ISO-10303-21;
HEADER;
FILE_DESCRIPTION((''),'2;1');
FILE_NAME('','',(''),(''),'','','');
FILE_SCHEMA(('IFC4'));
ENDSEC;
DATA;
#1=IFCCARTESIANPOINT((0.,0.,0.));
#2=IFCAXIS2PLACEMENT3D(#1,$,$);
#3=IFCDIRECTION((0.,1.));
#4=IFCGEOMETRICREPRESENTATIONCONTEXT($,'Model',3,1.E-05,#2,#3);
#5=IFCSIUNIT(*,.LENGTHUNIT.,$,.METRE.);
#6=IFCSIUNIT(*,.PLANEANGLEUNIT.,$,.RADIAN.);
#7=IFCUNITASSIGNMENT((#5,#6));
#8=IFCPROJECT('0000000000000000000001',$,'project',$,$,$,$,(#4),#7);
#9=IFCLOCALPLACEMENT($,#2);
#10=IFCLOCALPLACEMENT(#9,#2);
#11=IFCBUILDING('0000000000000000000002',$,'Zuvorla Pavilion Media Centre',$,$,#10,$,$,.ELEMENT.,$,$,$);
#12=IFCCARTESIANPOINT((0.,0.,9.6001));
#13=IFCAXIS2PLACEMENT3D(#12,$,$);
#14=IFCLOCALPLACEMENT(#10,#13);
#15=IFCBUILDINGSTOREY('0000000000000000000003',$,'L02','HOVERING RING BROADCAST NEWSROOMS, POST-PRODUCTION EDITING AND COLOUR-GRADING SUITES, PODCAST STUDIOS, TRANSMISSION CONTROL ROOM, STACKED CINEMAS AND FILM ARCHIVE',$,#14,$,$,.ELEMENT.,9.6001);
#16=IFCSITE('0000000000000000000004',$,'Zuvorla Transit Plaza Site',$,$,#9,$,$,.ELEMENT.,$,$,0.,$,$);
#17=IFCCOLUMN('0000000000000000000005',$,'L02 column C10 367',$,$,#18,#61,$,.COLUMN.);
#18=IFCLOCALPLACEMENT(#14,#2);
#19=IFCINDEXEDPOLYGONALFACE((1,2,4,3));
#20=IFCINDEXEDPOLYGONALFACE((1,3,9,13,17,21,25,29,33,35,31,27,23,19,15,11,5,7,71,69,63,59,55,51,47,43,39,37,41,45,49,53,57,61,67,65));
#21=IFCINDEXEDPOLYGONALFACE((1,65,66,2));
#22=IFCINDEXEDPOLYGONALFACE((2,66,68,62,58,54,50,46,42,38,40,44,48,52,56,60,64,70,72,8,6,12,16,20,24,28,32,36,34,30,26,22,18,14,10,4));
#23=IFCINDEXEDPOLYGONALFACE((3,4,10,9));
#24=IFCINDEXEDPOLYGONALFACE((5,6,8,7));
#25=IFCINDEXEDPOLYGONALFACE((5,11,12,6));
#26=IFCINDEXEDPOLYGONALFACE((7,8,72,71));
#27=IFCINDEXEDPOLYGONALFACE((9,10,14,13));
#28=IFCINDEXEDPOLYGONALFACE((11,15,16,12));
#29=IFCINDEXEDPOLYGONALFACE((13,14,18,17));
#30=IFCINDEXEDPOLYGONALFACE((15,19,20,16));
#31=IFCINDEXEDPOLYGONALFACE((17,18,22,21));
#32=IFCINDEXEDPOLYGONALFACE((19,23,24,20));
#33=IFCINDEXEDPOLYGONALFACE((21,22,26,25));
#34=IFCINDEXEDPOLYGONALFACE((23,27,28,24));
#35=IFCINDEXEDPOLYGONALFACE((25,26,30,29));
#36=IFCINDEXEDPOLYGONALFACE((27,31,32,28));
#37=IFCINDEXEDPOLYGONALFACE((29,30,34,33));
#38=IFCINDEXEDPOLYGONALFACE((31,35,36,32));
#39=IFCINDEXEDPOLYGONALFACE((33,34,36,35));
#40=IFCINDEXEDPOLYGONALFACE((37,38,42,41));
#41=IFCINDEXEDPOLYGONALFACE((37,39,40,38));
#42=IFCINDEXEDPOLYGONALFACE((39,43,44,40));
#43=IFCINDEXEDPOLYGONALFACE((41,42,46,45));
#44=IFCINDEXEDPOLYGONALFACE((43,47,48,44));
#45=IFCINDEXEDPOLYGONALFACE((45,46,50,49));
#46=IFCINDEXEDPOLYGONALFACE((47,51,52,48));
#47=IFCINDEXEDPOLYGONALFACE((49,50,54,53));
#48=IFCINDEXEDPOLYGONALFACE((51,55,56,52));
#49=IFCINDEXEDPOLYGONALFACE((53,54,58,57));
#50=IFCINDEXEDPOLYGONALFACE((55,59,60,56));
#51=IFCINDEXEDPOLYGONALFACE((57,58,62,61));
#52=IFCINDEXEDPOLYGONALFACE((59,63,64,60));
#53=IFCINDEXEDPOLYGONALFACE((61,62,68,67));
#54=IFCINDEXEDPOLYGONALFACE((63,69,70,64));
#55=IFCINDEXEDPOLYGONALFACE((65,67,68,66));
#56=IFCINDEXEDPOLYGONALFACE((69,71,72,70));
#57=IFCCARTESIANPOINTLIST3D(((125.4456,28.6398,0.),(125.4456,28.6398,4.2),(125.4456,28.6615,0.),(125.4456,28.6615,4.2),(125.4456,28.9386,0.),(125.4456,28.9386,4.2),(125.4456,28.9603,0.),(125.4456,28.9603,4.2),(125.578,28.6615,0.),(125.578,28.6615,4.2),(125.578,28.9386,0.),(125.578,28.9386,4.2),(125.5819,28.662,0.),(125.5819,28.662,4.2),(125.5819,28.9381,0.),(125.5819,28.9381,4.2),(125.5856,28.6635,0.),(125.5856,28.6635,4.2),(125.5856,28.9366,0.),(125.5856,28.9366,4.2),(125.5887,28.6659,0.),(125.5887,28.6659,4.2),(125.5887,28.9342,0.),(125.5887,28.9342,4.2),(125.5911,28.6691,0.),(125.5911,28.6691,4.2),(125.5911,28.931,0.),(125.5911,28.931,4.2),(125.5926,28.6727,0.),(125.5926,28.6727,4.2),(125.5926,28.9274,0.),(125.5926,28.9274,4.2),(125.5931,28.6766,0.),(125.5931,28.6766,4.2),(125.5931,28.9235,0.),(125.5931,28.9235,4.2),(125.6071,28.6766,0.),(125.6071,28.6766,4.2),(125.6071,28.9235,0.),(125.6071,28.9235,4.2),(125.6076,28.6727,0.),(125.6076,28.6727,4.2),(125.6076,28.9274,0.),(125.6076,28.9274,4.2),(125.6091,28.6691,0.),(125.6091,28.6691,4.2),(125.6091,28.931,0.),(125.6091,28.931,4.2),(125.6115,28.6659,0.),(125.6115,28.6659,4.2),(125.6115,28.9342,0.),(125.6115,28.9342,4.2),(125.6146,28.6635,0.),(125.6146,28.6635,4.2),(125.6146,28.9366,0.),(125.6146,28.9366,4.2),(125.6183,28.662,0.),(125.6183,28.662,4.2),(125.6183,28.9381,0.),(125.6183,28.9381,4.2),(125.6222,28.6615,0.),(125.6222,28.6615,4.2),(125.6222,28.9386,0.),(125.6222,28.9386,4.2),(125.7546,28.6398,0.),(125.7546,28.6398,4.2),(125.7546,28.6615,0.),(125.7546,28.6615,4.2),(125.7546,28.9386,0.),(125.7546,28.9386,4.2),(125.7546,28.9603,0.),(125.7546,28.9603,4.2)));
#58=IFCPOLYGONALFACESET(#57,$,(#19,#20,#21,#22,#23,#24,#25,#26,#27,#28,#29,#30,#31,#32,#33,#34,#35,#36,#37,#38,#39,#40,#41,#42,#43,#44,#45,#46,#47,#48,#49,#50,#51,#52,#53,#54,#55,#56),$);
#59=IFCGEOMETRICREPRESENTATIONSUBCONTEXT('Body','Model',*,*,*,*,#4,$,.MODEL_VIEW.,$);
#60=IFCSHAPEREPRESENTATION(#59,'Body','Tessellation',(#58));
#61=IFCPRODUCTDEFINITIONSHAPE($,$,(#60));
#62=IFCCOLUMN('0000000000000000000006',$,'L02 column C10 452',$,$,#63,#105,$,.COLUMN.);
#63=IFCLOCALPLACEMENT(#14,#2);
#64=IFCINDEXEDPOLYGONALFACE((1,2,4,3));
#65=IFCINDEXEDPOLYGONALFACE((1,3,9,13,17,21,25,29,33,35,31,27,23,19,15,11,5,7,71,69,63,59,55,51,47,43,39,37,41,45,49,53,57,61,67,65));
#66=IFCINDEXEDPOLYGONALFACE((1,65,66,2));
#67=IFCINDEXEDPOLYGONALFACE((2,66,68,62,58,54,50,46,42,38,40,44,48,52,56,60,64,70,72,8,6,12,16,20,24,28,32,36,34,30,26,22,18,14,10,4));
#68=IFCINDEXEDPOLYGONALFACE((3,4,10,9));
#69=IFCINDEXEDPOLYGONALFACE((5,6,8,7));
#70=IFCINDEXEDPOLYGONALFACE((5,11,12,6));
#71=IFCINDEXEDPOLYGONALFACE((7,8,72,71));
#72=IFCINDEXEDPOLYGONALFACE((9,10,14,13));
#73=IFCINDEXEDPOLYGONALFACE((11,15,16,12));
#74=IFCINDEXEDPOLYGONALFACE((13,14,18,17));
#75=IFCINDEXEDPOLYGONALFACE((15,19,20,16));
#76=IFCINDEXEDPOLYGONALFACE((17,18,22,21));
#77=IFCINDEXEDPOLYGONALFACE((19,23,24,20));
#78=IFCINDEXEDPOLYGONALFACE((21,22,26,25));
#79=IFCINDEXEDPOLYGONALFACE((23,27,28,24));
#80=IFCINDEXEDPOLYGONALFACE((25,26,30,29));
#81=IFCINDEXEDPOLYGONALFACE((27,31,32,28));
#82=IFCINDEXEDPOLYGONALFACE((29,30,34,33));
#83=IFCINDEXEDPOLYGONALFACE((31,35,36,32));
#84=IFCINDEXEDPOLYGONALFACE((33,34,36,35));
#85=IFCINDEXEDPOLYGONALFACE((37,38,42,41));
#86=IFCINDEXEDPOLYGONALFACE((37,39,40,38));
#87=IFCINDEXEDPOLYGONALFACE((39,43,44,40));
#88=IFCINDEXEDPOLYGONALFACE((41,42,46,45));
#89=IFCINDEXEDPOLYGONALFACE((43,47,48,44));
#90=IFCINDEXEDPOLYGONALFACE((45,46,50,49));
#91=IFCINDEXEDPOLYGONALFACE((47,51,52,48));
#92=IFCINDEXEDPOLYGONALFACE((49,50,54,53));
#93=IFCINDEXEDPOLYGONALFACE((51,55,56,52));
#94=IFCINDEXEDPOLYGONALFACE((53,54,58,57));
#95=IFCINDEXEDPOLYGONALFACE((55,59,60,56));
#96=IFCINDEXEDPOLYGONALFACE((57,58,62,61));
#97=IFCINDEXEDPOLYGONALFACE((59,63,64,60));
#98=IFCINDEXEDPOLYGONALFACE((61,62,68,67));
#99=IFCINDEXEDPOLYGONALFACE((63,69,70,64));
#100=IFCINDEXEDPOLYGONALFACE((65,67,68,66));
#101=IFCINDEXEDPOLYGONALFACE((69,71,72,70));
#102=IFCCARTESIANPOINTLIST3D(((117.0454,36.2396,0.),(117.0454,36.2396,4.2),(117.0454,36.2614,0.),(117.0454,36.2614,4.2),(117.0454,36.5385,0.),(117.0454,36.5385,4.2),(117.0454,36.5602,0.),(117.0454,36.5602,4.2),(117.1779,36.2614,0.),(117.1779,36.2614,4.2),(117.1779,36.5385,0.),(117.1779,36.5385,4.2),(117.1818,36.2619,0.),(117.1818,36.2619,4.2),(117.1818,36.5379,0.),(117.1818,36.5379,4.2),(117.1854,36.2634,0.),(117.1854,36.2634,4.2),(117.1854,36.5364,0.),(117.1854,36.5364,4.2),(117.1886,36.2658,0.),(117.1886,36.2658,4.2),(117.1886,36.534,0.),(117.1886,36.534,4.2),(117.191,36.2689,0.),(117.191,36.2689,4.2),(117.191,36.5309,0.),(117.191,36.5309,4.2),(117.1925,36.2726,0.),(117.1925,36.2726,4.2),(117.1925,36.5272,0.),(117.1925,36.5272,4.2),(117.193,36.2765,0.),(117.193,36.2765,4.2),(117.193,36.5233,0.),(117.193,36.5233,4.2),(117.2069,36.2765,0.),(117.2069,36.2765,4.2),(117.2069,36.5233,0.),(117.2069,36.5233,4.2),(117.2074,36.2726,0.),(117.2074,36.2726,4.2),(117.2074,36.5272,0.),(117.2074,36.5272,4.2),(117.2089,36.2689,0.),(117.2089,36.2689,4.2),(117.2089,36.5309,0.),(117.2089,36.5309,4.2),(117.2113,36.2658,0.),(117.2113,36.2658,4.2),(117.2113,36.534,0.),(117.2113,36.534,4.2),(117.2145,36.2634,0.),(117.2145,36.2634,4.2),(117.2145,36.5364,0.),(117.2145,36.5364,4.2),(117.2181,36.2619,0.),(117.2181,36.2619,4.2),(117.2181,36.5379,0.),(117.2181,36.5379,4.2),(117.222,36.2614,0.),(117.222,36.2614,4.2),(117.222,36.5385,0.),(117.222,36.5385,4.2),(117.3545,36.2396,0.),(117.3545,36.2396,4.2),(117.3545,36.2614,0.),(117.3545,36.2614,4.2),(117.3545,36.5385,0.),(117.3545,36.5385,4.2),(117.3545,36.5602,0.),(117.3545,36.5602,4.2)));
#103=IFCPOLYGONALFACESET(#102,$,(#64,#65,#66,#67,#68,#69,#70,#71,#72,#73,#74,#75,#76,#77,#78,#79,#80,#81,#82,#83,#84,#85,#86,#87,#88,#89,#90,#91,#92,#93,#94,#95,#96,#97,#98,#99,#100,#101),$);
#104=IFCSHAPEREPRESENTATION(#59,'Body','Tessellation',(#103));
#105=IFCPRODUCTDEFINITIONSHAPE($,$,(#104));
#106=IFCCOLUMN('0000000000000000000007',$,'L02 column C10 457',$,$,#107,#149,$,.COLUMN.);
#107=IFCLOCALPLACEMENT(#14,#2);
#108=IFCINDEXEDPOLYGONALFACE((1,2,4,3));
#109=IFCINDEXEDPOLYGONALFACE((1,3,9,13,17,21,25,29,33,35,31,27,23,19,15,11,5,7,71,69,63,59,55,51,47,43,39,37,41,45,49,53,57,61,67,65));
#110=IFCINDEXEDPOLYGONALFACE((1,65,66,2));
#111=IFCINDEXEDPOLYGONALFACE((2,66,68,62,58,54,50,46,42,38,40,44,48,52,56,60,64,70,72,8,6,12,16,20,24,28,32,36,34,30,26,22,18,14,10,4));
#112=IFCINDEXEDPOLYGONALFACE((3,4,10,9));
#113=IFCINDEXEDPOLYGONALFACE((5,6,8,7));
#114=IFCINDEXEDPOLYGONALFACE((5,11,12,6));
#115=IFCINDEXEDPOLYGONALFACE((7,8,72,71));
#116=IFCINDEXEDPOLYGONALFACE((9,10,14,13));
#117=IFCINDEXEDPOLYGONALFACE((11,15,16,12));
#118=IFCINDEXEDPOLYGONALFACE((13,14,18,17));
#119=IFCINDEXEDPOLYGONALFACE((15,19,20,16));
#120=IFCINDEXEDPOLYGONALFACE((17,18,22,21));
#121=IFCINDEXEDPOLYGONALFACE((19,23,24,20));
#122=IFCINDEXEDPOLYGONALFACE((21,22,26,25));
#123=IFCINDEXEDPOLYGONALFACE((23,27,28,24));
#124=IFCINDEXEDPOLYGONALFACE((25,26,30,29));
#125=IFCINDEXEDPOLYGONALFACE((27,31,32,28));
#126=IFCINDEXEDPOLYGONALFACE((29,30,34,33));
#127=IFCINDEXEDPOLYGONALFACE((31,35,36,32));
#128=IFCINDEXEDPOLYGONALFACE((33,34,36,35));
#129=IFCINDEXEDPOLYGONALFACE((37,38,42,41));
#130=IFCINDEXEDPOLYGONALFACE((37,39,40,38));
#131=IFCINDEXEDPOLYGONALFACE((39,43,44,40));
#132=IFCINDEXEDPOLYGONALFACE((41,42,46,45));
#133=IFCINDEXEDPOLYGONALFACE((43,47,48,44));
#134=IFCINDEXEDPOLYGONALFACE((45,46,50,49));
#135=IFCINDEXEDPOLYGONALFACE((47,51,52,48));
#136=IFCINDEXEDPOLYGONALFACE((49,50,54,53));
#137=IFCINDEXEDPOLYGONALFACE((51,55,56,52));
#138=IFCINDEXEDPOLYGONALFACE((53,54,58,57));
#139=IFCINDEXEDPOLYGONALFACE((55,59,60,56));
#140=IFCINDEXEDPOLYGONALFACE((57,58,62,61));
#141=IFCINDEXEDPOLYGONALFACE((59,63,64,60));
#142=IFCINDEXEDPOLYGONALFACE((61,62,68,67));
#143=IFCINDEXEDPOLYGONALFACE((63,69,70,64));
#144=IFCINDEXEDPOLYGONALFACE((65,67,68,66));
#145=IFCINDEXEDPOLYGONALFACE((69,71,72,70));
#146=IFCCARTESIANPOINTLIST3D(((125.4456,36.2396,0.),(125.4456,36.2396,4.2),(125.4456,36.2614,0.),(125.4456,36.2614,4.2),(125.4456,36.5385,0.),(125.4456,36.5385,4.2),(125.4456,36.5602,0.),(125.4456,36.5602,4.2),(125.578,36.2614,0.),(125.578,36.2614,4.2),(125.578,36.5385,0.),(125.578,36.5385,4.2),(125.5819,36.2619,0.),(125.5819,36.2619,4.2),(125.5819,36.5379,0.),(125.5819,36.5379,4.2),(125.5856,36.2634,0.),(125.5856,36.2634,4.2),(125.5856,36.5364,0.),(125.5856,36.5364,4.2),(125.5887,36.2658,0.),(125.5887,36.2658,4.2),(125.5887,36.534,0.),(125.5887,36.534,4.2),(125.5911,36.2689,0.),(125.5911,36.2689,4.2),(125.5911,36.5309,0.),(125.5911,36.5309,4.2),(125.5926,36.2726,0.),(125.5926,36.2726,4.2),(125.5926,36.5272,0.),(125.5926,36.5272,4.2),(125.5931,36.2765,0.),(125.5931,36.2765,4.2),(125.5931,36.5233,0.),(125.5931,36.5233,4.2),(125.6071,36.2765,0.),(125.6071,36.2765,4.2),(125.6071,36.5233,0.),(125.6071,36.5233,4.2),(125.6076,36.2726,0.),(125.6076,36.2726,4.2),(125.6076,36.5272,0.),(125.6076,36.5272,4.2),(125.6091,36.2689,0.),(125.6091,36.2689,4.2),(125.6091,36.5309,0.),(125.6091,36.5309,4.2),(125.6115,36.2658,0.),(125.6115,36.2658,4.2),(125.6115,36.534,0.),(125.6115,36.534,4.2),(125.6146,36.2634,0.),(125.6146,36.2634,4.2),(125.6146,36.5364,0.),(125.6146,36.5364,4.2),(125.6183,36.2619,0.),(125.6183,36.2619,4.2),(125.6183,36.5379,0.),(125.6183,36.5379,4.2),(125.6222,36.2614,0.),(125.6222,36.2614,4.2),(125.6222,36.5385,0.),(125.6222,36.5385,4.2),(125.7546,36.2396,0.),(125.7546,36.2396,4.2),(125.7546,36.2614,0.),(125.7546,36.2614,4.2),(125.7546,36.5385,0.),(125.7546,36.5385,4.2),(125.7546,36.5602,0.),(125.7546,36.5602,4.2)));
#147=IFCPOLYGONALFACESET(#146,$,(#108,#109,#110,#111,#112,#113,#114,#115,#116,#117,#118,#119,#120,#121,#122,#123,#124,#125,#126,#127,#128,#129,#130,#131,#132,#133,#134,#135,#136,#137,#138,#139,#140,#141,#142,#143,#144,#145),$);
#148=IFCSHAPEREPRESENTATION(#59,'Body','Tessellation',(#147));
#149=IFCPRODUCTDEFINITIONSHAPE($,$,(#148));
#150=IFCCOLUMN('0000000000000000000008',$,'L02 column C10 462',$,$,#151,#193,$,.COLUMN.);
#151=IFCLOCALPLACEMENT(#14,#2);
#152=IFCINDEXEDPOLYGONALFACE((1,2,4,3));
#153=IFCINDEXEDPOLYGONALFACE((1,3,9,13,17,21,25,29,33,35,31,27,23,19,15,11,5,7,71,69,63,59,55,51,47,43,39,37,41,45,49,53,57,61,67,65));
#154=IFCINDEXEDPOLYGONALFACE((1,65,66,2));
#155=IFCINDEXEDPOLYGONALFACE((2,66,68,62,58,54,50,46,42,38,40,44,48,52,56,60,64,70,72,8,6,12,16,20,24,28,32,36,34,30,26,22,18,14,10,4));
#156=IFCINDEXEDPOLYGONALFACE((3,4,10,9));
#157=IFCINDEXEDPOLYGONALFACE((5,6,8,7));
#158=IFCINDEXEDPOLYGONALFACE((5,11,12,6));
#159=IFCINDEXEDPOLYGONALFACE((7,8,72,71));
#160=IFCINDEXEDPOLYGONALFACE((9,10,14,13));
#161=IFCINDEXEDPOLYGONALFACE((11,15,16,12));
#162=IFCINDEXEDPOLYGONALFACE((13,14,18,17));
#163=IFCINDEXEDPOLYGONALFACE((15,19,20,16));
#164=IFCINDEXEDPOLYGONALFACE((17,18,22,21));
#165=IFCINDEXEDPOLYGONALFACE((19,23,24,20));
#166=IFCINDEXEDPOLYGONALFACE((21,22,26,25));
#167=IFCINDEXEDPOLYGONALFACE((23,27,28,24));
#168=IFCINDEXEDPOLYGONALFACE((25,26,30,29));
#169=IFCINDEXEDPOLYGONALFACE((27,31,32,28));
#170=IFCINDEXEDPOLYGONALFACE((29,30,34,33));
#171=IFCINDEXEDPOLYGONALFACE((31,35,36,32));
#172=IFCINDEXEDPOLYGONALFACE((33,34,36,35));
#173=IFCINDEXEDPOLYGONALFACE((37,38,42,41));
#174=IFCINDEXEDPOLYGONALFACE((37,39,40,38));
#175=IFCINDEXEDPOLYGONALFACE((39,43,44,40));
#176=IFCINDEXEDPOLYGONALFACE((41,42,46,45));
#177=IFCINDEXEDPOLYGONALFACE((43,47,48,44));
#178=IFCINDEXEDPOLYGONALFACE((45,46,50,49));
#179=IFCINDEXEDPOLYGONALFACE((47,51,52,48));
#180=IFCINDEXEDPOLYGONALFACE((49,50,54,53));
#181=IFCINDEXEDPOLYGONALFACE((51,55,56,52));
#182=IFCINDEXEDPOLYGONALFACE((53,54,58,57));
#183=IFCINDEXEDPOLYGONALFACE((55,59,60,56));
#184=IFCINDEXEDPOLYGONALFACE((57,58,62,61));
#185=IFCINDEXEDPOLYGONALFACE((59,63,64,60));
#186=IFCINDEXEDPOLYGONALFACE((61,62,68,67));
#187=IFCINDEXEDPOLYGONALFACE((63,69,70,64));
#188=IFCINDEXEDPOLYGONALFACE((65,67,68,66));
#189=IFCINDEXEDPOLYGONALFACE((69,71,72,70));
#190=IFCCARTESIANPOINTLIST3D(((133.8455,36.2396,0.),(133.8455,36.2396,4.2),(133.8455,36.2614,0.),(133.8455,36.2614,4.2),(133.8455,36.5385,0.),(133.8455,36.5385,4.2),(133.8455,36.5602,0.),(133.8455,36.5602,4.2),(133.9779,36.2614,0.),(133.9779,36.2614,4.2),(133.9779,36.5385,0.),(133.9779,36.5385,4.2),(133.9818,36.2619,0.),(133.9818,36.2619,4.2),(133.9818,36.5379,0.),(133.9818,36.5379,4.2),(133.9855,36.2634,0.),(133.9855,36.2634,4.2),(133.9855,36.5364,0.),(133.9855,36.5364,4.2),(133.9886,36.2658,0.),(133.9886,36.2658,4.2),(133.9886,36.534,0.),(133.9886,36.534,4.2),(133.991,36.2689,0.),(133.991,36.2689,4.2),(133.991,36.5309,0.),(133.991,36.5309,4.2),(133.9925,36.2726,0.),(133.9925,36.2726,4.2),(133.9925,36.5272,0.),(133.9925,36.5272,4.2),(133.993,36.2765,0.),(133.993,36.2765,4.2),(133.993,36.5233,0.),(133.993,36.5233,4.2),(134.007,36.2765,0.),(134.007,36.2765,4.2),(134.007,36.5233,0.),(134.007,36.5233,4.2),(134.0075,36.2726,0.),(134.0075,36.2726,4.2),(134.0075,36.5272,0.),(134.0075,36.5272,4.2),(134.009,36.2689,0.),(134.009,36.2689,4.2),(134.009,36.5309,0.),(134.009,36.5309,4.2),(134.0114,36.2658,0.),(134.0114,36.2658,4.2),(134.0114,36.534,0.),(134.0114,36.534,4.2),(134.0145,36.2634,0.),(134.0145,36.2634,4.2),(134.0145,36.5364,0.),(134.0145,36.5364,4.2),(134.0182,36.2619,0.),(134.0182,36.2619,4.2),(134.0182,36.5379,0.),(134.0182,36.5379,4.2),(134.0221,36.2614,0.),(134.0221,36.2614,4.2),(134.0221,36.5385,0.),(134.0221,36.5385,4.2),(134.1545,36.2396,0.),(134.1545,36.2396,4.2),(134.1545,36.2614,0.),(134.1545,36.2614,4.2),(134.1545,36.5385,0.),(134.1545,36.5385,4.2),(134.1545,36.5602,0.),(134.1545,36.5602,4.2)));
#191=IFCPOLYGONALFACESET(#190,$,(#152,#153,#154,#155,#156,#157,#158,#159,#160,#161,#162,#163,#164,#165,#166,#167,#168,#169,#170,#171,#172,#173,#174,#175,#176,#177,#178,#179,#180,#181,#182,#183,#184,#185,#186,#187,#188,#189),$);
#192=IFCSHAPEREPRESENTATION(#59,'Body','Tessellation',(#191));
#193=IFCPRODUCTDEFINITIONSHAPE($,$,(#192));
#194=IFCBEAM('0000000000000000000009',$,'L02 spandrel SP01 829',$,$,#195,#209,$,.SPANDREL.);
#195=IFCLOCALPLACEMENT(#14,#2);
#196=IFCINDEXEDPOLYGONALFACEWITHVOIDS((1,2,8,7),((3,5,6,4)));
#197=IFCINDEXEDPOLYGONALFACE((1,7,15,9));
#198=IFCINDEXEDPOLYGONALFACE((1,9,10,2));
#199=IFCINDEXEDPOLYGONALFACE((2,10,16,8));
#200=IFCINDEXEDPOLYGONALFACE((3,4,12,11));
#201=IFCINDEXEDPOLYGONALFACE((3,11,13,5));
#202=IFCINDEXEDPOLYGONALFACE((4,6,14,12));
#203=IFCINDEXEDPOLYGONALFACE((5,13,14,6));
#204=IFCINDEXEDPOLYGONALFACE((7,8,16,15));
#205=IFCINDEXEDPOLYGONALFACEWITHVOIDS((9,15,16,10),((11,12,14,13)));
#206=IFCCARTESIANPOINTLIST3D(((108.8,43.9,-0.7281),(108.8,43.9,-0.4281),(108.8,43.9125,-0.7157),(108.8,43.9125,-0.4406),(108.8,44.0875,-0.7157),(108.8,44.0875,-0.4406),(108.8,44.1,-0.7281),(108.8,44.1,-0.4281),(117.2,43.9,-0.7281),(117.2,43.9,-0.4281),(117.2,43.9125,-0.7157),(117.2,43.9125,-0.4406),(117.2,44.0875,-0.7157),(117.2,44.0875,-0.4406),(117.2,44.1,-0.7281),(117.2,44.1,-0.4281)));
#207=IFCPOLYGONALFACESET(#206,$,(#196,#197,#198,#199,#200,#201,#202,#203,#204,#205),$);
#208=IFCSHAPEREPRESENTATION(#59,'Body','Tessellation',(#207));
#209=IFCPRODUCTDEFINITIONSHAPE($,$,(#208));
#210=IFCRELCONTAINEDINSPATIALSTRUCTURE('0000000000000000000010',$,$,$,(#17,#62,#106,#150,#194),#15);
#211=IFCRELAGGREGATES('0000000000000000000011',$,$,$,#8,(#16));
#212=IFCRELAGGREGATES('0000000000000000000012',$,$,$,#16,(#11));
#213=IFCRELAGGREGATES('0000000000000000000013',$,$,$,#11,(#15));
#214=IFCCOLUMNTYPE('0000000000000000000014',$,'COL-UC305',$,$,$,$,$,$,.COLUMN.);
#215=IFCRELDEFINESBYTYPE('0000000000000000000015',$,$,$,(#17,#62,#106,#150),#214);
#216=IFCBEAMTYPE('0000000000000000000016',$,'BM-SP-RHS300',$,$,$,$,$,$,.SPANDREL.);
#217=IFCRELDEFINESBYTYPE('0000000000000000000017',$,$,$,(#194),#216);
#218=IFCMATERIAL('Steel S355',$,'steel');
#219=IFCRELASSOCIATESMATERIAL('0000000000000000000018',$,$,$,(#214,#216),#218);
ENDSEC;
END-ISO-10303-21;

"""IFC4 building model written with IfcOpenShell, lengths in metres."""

from ifc_helpers import new_model, si_unit, direction, frame, origin, origin_2d, place, context, subcontext, project, spatial, hollow_rectangle, i_section, extrude, material, material_profile, profile_set, type_object, element, save


model = new_model("IFC4")

# Units and contexts
model_context = context("Model", 3, precision=1e-05, world=origin(), true_north=direction((0.0, 1.0)))
body_context = subcontext(model_context, "Body", "Model", "MODEL_VIEW")
ifc_project = project(units=[si_unit("LENGTHUNIT", "METRE"), si_unit("PLANEANGLEUNIT", "RADIAN")], contexts=[model_context])

# Site, building, storey
site_placement = place(None, origin())
site = spatial("IfcSite", under=ifc_project, at=site_placement, Name="Zuvorla Transit Plaza Site", CompositionType="ELEMENT", RefElevation=0.0)
building_placement = place(site_placement, origin())
building = spatial("IfcBuilding", under=site, at=building_placement, Name="Zuvorla Pavilion Media Centre", CompositionType="ELEMENT")
storey_placement = place(building_placement, frame((0.0, 0.0, 9.6001)))
storey = spatial("IfcBuildingStorey", under=building, at=storey_placement, Name="L02", Description="HOVERING RING BROADCAST NEWSROOMS, POST-PRODUCTION EDITING AND COLOUR-GRADING SUITES, PODCAST STUDIOS, TRANSMISSION CONTROL ROOM, STACKED CINEMAS AND FILM ARCHIVE", CompositionType="ELEMENT", Elevation=9.6001)

# Columns
ifc_material_1 = material(Name="Steel S355", Category="steel")
ifc_material_profile_1 = material_profile(ifc_material_1, i_section(OverallWidth=0.3091, OverallDepth=0.3206, WebThickness=0.0139, FlangeThickness=0.0217, FilletRadius=0.0151, at=origin_2d()), Name="UC 305x305x137")
ifc_profile_set_1 = profile_set([ifc_material_profile_1], Name="Steel S355")
column_type_1 = type_object("IfcColumnType", Name="COL-UC305", PredefinedType="COLUMN", material=ifc_profile_set_1)
for number, where, z_axis, x_axis, name in (
    (1, (125.6001, 28.8, 0.0), (0.0, 0.0, 1.0), (1.0, 0.0, 0.0), "L02 column C10 367"),
    (2, (117.2, 36.3999, 0.0), (0.0, 0.0, 1.0), (1.0, 0.0, 0.0), "L02 column C10 452"),
    (3, (125.6001, 36.3999, 0.0), (0.0, 0.0, 1.0), (1.0, 0.0, 0.0), "L02 column C10 457"),
    (4, (134.0, 36.3999, 0.0), (0.0, 0.0, 1.0), (1.0, 0.0, 0.0), "L02 column C10 462"),
):
    element("IfcColumn", number, at=place(storey_placement, frame(where, z_axis=z_axis, x_axis=x_axis)), inside=storey, type_object=column_type_1, Name=name, PredefinedType="COLUMN", context=body_context, shape_type="SweptSolid", body=[
        extrude(i_section(OverallWidth=0.3091, OverallDepth=0.3206, WebThickness=0.0139, FlangeThickness=0.0217, FilletRadius=0.0151, at=origin_2d()), origin(), (0.0, 0.0, 1.0), 4.2),
    ])

# Beam
ifc_material_profile_2 = material_profile(ifc_material_1, hollow_rectangle(XDim=0.2, YDim=0.3, WallThickness=0.0125, at=origin_2d()), Name="RHS 300x200x12.5")
ifc_profile_set_2 = profile_set([ifc_material_profile_2], Name="Steel S355")
beam_type_1 = type_object("IfcBeamType", Name="BM-SP-RHS300", PredefinedType="SPANDREL", material=ifc_profile_set_2)
beam_1_placement = place(storey_placement, frame((108.8, 44.0, -0.5781), z_axis=(1.0, 0.0, 0.0), x_axis=(0.0, 1.0, 0.0)))
element("IfcBeam", 5, at=beam_1_placement, inside=storey, type_object=beam_type_1, Name="L02 spandrel SP01 829", PredefinedType="SPANDREL", context=body_context, shape_type="SweptSolid", body=[
    extrude(hollow_rectangle(XDim=0.2, YDim=0.3, WallThickness=0.0125, at=origin_2d()), origin(), (0.0, 0.0, 1.0), 8.3999),
])

save(model, "model.ifc")
